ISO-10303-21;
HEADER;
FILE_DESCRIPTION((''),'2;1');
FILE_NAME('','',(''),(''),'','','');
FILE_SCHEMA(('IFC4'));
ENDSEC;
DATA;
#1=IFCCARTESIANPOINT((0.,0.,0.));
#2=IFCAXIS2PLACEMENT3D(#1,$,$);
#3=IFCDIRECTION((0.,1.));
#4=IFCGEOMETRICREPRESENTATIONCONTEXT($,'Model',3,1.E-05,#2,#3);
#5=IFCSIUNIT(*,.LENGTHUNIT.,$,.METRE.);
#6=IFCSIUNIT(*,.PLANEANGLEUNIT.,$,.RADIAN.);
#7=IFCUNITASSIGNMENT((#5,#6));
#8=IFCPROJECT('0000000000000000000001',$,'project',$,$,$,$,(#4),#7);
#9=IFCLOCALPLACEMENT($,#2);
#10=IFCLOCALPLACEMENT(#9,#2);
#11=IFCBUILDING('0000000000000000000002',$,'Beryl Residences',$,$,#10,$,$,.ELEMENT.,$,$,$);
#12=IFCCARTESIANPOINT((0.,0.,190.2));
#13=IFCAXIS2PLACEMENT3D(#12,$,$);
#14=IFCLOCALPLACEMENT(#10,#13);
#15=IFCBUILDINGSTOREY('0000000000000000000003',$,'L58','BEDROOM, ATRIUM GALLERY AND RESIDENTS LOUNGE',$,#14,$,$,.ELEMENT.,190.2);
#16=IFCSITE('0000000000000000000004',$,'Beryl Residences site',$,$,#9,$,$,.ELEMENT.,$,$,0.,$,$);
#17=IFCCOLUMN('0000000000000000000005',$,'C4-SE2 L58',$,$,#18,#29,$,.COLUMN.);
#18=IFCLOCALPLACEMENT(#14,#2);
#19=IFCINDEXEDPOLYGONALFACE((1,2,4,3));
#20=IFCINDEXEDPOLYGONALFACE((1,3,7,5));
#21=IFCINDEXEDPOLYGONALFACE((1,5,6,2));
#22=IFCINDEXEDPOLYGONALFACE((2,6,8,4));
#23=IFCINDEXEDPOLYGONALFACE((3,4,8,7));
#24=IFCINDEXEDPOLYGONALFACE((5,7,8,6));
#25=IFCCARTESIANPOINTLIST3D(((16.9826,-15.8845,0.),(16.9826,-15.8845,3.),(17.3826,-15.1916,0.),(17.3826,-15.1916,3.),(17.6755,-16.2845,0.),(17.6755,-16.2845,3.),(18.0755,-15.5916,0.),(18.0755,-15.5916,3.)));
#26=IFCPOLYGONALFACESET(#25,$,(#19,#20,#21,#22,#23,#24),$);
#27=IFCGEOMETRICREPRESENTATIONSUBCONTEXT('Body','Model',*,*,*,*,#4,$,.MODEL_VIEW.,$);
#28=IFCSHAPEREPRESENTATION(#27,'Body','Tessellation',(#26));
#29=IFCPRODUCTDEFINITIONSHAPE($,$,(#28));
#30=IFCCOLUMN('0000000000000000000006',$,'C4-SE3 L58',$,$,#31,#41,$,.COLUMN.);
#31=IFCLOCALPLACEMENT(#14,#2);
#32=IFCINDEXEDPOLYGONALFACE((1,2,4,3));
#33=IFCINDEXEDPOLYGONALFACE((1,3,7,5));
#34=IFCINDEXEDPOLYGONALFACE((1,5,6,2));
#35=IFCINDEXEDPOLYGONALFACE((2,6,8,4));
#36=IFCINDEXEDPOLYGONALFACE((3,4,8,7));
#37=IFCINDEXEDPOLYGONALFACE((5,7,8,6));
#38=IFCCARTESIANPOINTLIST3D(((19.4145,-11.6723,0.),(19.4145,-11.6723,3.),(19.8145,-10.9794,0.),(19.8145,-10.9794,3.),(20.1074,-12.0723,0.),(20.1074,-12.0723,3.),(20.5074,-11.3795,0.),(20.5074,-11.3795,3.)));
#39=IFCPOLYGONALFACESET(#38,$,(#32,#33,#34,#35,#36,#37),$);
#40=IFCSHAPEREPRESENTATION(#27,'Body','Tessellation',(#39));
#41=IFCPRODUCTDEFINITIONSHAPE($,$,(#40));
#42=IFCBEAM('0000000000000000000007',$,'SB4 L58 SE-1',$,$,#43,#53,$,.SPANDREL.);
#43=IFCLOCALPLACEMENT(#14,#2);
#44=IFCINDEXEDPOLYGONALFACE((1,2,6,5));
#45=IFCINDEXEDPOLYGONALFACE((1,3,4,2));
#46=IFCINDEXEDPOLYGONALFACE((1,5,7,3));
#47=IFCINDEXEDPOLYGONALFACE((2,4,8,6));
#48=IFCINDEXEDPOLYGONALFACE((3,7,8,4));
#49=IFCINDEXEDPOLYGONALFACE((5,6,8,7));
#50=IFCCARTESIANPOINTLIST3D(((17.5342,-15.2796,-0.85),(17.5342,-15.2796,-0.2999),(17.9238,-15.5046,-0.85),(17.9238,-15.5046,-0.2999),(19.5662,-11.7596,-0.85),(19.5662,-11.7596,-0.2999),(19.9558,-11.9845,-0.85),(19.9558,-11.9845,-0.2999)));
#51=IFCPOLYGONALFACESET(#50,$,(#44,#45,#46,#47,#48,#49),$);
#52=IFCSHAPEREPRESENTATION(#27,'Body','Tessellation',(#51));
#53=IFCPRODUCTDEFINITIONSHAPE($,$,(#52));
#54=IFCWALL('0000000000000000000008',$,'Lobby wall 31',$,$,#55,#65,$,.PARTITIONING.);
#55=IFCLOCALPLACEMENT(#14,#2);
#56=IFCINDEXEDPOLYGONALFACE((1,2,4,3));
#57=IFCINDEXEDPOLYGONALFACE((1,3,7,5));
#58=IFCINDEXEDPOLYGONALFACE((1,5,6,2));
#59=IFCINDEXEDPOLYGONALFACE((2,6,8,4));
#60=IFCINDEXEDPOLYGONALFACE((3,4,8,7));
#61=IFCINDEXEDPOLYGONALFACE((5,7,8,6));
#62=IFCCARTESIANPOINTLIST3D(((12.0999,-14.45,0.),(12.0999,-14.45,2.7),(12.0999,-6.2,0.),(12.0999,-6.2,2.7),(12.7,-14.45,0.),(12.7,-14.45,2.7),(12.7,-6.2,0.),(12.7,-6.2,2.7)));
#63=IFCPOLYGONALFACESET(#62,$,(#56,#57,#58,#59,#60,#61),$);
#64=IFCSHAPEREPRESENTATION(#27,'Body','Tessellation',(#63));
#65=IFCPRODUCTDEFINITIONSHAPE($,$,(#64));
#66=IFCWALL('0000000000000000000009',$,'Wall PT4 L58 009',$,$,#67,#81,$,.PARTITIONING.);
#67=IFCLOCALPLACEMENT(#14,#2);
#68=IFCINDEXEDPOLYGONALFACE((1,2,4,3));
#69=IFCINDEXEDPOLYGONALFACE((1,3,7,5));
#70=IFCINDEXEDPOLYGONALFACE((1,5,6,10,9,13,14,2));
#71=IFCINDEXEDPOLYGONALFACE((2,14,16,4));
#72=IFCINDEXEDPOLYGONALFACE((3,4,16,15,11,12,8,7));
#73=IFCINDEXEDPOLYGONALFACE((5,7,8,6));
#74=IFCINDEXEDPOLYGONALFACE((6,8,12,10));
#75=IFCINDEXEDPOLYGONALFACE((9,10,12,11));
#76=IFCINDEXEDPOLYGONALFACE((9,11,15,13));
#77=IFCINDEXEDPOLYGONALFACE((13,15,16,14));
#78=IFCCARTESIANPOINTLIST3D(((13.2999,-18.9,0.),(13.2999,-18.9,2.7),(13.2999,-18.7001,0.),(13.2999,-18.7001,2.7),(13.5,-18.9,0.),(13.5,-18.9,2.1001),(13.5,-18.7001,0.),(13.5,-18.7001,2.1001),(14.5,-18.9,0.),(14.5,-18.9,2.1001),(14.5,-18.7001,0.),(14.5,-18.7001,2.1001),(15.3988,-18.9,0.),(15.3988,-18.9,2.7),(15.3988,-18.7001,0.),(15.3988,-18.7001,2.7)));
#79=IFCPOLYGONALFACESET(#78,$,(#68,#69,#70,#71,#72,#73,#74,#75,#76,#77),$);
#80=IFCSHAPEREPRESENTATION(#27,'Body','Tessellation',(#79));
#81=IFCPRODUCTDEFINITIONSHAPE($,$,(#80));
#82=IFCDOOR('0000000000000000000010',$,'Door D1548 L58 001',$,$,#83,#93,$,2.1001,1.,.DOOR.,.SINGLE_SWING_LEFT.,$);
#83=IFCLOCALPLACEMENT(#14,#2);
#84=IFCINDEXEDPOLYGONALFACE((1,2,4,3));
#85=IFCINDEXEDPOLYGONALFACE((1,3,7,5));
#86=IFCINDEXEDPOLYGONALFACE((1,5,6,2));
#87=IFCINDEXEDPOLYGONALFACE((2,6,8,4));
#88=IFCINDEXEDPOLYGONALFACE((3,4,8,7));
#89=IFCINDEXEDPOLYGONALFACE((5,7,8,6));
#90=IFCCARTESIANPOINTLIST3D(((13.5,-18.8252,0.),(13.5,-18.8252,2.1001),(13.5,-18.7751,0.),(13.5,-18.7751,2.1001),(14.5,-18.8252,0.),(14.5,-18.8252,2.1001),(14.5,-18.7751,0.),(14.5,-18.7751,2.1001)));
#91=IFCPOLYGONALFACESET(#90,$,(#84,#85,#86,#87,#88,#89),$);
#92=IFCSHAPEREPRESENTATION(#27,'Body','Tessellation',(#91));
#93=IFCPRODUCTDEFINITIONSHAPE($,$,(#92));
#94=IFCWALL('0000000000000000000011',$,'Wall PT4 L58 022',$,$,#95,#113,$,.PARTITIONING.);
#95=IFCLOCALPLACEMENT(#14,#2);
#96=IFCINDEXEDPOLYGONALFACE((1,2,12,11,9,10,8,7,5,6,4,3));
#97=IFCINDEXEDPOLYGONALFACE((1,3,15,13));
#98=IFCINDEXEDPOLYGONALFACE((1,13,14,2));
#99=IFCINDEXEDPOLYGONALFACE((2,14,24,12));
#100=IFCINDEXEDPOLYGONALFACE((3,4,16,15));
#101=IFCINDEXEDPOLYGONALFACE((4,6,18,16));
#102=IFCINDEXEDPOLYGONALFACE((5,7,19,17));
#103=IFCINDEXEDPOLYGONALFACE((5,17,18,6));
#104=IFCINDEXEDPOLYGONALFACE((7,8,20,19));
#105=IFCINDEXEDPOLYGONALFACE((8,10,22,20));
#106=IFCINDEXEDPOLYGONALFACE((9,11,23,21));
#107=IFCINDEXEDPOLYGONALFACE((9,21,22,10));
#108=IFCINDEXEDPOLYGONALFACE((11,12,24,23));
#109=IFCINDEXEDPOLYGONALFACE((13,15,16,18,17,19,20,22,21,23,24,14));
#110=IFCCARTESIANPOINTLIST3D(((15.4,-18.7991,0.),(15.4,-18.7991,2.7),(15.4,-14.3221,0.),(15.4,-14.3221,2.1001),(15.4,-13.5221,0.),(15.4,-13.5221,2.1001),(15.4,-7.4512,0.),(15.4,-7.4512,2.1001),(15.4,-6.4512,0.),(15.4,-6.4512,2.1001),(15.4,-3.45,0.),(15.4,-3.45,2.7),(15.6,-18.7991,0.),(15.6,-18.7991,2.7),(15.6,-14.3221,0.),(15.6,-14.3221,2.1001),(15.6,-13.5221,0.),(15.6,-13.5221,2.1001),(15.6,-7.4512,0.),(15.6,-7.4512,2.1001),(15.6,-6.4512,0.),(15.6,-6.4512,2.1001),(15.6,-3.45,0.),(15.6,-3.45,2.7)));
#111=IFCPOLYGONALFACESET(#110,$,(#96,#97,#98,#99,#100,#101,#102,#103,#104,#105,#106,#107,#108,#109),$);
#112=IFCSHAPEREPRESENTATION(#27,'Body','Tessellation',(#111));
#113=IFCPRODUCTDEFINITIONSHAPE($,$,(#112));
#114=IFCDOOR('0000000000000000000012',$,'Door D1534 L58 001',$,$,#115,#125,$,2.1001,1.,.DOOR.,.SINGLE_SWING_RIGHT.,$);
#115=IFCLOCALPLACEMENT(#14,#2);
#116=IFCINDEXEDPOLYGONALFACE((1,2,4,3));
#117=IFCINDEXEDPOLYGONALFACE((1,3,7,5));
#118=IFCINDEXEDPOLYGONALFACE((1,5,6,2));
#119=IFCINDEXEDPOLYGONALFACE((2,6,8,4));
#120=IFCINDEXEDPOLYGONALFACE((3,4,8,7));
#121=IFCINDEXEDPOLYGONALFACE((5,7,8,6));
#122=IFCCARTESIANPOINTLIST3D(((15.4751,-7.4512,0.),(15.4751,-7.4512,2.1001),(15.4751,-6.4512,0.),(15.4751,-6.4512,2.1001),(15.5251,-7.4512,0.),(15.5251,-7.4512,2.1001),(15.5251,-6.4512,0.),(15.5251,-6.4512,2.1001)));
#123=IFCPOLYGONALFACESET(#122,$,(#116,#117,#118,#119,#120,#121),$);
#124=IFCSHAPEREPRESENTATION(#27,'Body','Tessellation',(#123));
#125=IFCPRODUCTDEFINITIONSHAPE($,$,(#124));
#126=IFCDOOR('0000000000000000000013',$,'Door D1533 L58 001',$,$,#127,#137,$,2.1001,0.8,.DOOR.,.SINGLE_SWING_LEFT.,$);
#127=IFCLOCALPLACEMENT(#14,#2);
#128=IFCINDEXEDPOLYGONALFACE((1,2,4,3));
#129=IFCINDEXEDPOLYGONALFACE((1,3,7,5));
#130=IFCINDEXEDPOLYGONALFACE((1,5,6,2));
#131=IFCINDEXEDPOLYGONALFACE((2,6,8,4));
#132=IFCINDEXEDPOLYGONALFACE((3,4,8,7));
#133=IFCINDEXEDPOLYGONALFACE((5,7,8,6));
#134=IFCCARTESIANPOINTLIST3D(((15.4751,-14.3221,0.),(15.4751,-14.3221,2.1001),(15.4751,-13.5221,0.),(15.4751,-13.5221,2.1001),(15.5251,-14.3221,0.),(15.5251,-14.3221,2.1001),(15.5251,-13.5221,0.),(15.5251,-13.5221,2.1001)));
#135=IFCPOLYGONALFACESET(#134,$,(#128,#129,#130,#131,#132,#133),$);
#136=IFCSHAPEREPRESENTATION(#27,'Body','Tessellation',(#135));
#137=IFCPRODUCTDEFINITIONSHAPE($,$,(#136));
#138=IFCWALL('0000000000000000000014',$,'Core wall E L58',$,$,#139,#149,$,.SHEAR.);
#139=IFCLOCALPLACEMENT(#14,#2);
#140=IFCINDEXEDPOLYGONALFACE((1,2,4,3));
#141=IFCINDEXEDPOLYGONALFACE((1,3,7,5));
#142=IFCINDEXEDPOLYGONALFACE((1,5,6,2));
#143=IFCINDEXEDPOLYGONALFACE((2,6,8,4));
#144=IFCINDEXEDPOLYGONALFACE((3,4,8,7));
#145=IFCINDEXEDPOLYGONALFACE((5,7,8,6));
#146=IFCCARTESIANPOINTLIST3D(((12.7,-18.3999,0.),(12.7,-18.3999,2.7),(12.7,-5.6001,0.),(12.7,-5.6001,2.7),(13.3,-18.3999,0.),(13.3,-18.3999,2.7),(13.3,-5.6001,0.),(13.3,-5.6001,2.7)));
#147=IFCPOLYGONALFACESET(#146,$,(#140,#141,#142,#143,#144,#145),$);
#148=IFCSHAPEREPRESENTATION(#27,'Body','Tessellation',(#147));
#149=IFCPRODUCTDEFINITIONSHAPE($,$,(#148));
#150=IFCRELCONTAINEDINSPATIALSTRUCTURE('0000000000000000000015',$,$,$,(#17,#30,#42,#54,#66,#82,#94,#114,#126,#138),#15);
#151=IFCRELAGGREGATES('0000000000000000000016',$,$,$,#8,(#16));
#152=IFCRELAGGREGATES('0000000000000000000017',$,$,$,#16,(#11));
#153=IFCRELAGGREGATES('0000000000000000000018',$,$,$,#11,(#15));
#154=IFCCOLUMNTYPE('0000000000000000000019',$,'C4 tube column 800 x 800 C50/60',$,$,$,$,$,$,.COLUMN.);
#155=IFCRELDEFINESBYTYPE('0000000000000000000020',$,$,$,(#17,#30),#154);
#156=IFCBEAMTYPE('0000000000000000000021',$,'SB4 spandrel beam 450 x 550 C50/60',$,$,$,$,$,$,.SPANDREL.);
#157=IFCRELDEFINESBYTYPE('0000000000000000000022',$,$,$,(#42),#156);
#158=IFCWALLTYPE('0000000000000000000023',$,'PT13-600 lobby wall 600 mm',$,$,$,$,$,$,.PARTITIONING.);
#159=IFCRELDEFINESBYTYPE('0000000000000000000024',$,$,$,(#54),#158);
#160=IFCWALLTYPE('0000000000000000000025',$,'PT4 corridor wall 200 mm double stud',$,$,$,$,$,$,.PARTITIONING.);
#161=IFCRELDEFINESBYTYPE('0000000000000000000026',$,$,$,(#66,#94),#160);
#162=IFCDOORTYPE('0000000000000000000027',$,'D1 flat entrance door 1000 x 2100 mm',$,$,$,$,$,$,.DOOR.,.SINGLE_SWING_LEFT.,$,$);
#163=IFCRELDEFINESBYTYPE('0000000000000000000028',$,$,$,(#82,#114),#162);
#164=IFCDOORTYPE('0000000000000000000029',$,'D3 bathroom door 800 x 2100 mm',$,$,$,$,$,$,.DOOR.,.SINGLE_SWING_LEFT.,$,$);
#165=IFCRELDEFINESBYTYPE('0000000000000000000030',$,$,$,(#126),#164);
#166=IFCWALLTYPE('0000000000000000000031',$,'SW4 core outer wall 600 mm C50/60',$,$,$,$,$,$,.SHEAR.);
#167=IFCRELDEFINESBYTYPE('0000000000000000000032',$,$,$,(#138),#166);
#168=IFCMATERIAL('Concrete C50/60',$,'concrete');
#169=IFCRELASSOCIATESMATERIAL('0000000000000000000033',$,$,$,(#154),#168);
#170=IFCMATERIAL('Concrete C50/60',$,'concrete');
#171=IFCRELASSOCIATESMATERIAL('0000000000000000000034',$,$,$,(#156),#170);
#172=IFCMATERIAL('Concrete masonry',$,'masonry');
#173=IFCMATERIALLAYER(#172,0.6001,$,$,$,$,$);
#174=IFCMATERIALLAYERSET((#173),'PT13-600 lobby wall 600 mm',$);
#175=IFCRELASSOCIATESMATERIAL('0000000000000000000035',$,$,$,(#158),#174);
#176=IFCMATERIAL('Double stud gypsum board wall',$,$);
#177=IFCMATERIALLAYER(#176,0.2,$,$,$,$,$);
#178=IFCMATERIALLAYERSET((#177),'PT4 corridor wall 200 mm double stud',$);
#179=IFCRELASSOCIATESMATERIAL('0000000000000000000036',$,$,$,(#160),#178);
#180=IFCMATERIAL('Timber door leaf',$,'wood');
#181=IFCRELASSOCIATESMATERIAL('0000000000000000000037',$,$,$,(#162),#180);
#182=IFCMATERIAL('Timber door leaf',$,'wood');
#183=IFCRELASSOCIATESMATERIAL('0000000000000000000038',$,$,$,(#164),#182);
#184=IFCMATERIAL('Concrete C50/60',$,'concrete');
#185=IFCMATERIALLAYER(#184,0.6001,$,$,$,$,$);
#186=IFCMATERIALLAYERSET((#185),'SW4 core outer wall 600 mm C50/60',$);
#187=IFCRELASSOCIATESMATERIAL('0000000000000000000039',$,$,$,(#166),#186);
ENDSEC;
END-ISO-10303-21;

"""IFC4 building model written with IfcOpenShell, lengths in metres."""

from ifc_helpers import new_model, si_unit, direction, frame, frame_2d, origin, origin_2d, place, context, subcontext, project, spatial, rectangle, extrude, material, layer, layer_set, material_profile, profile_set, type_object, element, fill, save


model = new_model("IFC4")

# Units and contexts
model_context = context("Model", 3, precision=1e-05, world=origin(), true_north=direction((0.0, 1.0)))
body_context = subcontext(model_context, "Body", "Model", "MODEL_VIEW")
ifc_project = project(units=[si_unit("LENGTHUNIT", "METRE"), si_unit("PLANEANGLEUNIT", "RADIAN")], contexts=[model_context])

# Site, building, storey
site_placement = place(None, origin())
site = spatial("IfcSite", under=ifc_project, at=site_placement, Name="Beryl Residences site", CompositionType="ELEMENT", RefElevation=0.0)
building_placement = place(site_placement, origin())
building = spatial("IfcBuilding", under=site, at=building_placement, Name="Beryl Residences", CompositionType="ELEMENT")
storey_placement = place(building_placement, frame((0.0, 0.0, 190.2)))
storey = spatial("IfcBuildingStorey", under=building, at=storey_placement, Name="L58", Description="BEDROOM, ATRIUM GALLERY AND RESIDENTS LOUNGE", CompositionType="ELEMENT", Elevation=190.2)

# Columns
ifc_material_1 = material(Name="Concrete C50/60", Category="concrete")
ifc_material_profile_1 = material_profile(ifc_material_1, rectangle(XDim=0.8, YDim=0.8, at=origin_2d()))
ifc_profile_set_1 = profile_set([ifc_material_profile_1], Name="Concrete C50/60")
column_type = type_object("IfcColumnType", Name="C4 tube column 800 x 800 C50/60", PredefinedType="COLUMN", material=ifc_profile_set_1)
for number, where, z_axis, x_axis, name in (
    (1, (17.5291, -15.738, 0.0), (0.0, 0.0, 1.0), (0.5, 0.866025, 0.0), "C4-SE2 L58"),
    (2, (19.9609, -11.5259, 0.0), (0.0, 0.0, 1.0), (0.5, 0.866025, 0.0), "C4-SE3 L58"),
):
    element("IfcColumn", number, at=place(storey_placement, frame(where, z_axis=z_axis, x_axis=x_axis)), inside=storey, type_object=column_type, Name=name, PredefinedType="COLUMN", context=body_context, shape_type="SweptSolid", body=[
        extrude(rectangle(XDim=0.8, YDim=0.8, at=origin_2d()), origin(), (0.0, 0.0, 1.0), 3.0),
    ])

# Beam
ifc_material_2 = material(Name="Concrete C50/60", Category="concrete")
ifc_material_profile_2 = material_profile(ifc_material_2, rectangle(XDim=0.45, YDim=0.55, at=origin_2d()))
ifc_profile_set_2 = profile_set([ifc_material_profile_2], Name="Concrete C50/60")
beam_type = type_object("IfcBeamType", Name="SB4 spandrel beam 450 x 550 C50/60", PredefinedType="SPANDREL", material=ifc_profile_set_2)
beam_placement = place(storey_placement, frame((17.729, -15.3921, -0.575), z_axis=(0.499944, 0.866058, 0.0), x_axis=(-0.866058, 0.499944, 0.0)))
element("IfcBeam", 3, at=beam_placement, inside=storey, type_object=beam_type, Name="SB4 L58 SE-1", PredefinedType="SPANDREL", context=body_context, shape_type="SweptSolid", body=[
    extrude(rectangle(XDim=0.45, YDim=0.55, at=origin_2d()), origin(), (0.0, 0.0, 1.0), 4.0645),
])

# Wall
ifc_material_3 = material(Name="Concrete masonry", Category="masonry")
ifc_layer_1 = layer(ifc_material_3, 0.6001)
ifc_layer_set_1 = layer_set([ifc_layer_1], Name="PT13-600 lobby wall 600 mm")
wall_type_1 = type_object("IfcWallType", Name="PT13-600 lobby wall 600 mm", PredefinedType="PARTITIONING", material=ifc_layer_set_1)
wall_1_placement = place(storey_placement, frame((12.3999, -14.45, 0.0), z_axis=(0.0, 0.0, 1.0), x_axis=(0.0, 1.0, 0.0)))
element("IfcWall", 4, at=wall_1_placement, inside=storey, type_object=wall_type_1, Name="Lobby wall 31", PredefinedType="PARTITIONING", context=body_context, shape_type="SweptSolid", body=[
    extrude(rectangle(XDim=8.25, YDim=0.6001, at=frame_2d((4.125, 0.0))), origin(), (0.0, 0.0, 1.0), 2.7),
])

# Wall, opening, door
ifc_material_4 = material(Name="Double stud gypsum board wall")
ifc_layer_2 = layer(ifc_material_4, 0.2)
ifc_layer_set_2 = layer_set([ifc_layer_2], Name="PT4 corridor wall 200 mm double stud")
wall_type_2 = type_object("IfcWallType", Name="PT4 corridor wall 200 mm double stud", PredefinedType="PARTITIONING", material=ifc_layer_set_2)
wall_2_placement = place(storey_placement, frame((13.3, -18.8, 0.0), z_axis=(0.0, 0.0, 1.0), x_axis=(1.0, 0.0, 0.0)))
wall_2 = element("IfcWall", 5, at=wall_2_placement, inside=storey, type_object=wall_type_2, Name="Wall PT4 L58 009", PredefinedType="PARTITIONING", context=body_context, shape_type="SweptSolid", body=[
    extrude(rectangle(XDim=2.0989, YDim=0.2, at=frame_2d((1.0493, 0.0))), origin(), (0.0, 0.0, 1.0), 2.7),
])
opening_1_placement = place(wall_2_placement, frame((0.2, 0.0, 0.0)))
opening_1 = element("IfcOpeningElement", 6, at=opening_1_placement, cuts=wall_2, PredefinedType="OPENING", context=body_context, shape_type="SweptSolid", body=[
    extrude(rectangle(XDim=1.0, YDim=2.1001, at=frame_2d((0.5, 1.05))), frame((0.0, 0.1099, 0.0), z_axis=(0.0, -1.0, 0.0), x_axis=(1.0, 0.0, 0.0)), (0.0, 0.0, 1.0), 0.22),
])
ifc_material_5 = material(Name="Timber door leaf", Category="wood")
door_type_1 = type_object("IfcDoorType", Name="D1 flat entrance door 1000 x 2100 mm", OperationType="SINGLE_SWING_LEFT", PredefinedType="DOOR", material=ifc_material_5)
door_1_placement = place(opening_1_placement, origin())
door_1 = element("IfcDoor", 7, at=door_1_placement, inside=storey, type_object=door_type_1, Name="Door D1548 L58 001", OperationType="SINGLE_SWING_LEFT", OverallHeight=2.1001, OverallWidth=1.0, PredefinedType="DOOR", context=body_context, shape_type="SweptSolid", body=[
    extrude(rectangle(XDim=1.0, YDim=2.1001, at=frame_2d((0.5, 1.05))), frame((0.0, 0.0249, 0.0), z_axis=(0.0, -1.0, 0.0), x_axis=(1.0, 0.0, 0.0)), (0.0, 0.0, 1.0), 0.05),
])
fill(opening_1, door_1)

# Wall, openings, doors
wall_3_placement = place(storey_placement, frame((15.5, -18.7991, 0.0), z_axis=(0.0, 0.0, 1.0), x_axis=(0.0, 1.0, 0.0)))
wall_3 = element("IfcWall", 8, at=wall_3_placement, inside=storey, type_object=wall_type_2, Name="Wall PT4 L58 022", PredefinedType="PARTITIONING", context=body_context, shape_type="SweptSolid", body=[
    extrude(rectangle(XDim=15.3491, YDim=0.2, at=frame_2d((7.6746, 0.0))), origin(), (0.0, 0.0, 1.0), 2.7),
])
opening_2_placement = place(wall_3_placement, frame((4.4771, 0.0, 0.0)))
opening_2 = element("IfcOpeningElement", 9, at=opening_2_placement, cuts=wall_3, PredefinedType="OPENING", context=body_context, shape_type="SweptSolid", body=[
    extrude(rectangle(XDim=0.8, YDim=2.1001, at=frame_2d((0.3999, 1.05))), frame((0.0, 0.1099, 0.0), z_axis=(0.0, -1.0, 0.0), x_axis=(1.0, 0.0, 0.0)), (0.0, 0.0, 1.0), 0.22),
])
opening_3_placement = place(wall_3_placement, frame((11.3479, 0.0, 0.0)))
opening_3 = element("IfcOpeningElement", 10, at=opening_3_placement, cuts=wall_3, PredefinedType="OPENING", context=body_context, shape_type="SweptSolid", body=[
    extrude(rectangle(XDim=1.0, YDim=2.1001, at=frame_2d((0.5, 1.05))), frame((0.0, 0.1099, 0.0), z_axis=(0.0, -1.0, 0.0), x_axis=(1.0, 0.0, 0.0)), (0.0, 0.0, 1.0), 0.22),
])
door_2_placement = place(opening_3_placement, origin())
door_2 = element("IfcDoor", 11, at=door_2_placement, inside=storey, type_object=door_type_1, Name="Door D1534 L58 001", OperationType="SINGLE_SWING_RIGHT", OverallHeight=2.1001, OverallWidth=1.0, PredefinedType="DOOR", context=body_context, shape_type="SweptSolid", body=[
    extrude(rectangle(XDim=1.0, YDim=2.1001, at=frame_2d((0.5, 1.05))), frame((0.0, 0.0249, 0.0), z_axis=(0.0, -1.0, 0.0), x_axis=(1.0, 0.0, 0.0)), (0.0, 0.0, 1.0), 0.05),
])
fill(opening_3, door_2)
ifc_material_6 = material(Name="Timber door leaf", Category="wood")
door_type_2 = type_object("IfcDoorType", Name="D3 bathroom door 800 x 2100 mm", OperationType="SINGLE_SWING_LEFT", PredefinedType="DOOR", material=ifc_material_6)
door_3_placement = place(opening_2_placement, origin())
door_3 = element("IfcDoor", 12, at=door_3_placement, inside=storey, type_object=door_type_2, Name="Door D1533 L58 001", OperationType="SINGLE_SWING_LEFT", OverallHeight=2.1001, OverallWidth=0.8, PredefinedType="DOOR", context=body_context, shape_type="SweptSolid", body=[
    extrude(rectangle(XDim=0.8, YDim=2.1001, at=frame_2d((0.3999, 1.05))), frame((0.0, 0.0249, 0.0), z_axis=(0.0, -1.0, 0.0), x_axis=(1.0, 0.0, 0.0)), (0.0, 0.0, 1.0), 0.05),
])
fill(opening_2, door_3)

# Wall
ifc_material_7 = material(Name="Concrete C50/60", Category="concrete")
ifc_layer_3 = layer(ifc_material_7, 0.6001)
ifc_layer_set_3 = layer_set([ifc_layer_3], Name="SW4 core outer wall 600 mm C50/60")
wall_type_3 = type_object("IfcWallType", Name="SW4 core outer wall 600 mm C50/60", PredefinedType="SHEAR", material=ifc_layer_set_3)
wall_4_placement = place(storey_placement, frame((13.0, -18.3999, 0.0), z_axis=(0.0, 0.0, 1.0), x_axis=(0.0, 1.0, 0.0)))
element("IfcWall", 13, at=wall_4_placement, inside=storey, type_object=wall_type_3, Name="Core wall E L58", PredefinedType="SHEAR", context=body_context, shape_type="SweptSolid", body=[
    extrude(rectangle(XDim=12.7998, YDim=0.6001, at=frame_2d((6.3999, 0.0))), origin(), (0.0, 0.0, 1.0), 2.7),
])

save(model, "model.ifc")
